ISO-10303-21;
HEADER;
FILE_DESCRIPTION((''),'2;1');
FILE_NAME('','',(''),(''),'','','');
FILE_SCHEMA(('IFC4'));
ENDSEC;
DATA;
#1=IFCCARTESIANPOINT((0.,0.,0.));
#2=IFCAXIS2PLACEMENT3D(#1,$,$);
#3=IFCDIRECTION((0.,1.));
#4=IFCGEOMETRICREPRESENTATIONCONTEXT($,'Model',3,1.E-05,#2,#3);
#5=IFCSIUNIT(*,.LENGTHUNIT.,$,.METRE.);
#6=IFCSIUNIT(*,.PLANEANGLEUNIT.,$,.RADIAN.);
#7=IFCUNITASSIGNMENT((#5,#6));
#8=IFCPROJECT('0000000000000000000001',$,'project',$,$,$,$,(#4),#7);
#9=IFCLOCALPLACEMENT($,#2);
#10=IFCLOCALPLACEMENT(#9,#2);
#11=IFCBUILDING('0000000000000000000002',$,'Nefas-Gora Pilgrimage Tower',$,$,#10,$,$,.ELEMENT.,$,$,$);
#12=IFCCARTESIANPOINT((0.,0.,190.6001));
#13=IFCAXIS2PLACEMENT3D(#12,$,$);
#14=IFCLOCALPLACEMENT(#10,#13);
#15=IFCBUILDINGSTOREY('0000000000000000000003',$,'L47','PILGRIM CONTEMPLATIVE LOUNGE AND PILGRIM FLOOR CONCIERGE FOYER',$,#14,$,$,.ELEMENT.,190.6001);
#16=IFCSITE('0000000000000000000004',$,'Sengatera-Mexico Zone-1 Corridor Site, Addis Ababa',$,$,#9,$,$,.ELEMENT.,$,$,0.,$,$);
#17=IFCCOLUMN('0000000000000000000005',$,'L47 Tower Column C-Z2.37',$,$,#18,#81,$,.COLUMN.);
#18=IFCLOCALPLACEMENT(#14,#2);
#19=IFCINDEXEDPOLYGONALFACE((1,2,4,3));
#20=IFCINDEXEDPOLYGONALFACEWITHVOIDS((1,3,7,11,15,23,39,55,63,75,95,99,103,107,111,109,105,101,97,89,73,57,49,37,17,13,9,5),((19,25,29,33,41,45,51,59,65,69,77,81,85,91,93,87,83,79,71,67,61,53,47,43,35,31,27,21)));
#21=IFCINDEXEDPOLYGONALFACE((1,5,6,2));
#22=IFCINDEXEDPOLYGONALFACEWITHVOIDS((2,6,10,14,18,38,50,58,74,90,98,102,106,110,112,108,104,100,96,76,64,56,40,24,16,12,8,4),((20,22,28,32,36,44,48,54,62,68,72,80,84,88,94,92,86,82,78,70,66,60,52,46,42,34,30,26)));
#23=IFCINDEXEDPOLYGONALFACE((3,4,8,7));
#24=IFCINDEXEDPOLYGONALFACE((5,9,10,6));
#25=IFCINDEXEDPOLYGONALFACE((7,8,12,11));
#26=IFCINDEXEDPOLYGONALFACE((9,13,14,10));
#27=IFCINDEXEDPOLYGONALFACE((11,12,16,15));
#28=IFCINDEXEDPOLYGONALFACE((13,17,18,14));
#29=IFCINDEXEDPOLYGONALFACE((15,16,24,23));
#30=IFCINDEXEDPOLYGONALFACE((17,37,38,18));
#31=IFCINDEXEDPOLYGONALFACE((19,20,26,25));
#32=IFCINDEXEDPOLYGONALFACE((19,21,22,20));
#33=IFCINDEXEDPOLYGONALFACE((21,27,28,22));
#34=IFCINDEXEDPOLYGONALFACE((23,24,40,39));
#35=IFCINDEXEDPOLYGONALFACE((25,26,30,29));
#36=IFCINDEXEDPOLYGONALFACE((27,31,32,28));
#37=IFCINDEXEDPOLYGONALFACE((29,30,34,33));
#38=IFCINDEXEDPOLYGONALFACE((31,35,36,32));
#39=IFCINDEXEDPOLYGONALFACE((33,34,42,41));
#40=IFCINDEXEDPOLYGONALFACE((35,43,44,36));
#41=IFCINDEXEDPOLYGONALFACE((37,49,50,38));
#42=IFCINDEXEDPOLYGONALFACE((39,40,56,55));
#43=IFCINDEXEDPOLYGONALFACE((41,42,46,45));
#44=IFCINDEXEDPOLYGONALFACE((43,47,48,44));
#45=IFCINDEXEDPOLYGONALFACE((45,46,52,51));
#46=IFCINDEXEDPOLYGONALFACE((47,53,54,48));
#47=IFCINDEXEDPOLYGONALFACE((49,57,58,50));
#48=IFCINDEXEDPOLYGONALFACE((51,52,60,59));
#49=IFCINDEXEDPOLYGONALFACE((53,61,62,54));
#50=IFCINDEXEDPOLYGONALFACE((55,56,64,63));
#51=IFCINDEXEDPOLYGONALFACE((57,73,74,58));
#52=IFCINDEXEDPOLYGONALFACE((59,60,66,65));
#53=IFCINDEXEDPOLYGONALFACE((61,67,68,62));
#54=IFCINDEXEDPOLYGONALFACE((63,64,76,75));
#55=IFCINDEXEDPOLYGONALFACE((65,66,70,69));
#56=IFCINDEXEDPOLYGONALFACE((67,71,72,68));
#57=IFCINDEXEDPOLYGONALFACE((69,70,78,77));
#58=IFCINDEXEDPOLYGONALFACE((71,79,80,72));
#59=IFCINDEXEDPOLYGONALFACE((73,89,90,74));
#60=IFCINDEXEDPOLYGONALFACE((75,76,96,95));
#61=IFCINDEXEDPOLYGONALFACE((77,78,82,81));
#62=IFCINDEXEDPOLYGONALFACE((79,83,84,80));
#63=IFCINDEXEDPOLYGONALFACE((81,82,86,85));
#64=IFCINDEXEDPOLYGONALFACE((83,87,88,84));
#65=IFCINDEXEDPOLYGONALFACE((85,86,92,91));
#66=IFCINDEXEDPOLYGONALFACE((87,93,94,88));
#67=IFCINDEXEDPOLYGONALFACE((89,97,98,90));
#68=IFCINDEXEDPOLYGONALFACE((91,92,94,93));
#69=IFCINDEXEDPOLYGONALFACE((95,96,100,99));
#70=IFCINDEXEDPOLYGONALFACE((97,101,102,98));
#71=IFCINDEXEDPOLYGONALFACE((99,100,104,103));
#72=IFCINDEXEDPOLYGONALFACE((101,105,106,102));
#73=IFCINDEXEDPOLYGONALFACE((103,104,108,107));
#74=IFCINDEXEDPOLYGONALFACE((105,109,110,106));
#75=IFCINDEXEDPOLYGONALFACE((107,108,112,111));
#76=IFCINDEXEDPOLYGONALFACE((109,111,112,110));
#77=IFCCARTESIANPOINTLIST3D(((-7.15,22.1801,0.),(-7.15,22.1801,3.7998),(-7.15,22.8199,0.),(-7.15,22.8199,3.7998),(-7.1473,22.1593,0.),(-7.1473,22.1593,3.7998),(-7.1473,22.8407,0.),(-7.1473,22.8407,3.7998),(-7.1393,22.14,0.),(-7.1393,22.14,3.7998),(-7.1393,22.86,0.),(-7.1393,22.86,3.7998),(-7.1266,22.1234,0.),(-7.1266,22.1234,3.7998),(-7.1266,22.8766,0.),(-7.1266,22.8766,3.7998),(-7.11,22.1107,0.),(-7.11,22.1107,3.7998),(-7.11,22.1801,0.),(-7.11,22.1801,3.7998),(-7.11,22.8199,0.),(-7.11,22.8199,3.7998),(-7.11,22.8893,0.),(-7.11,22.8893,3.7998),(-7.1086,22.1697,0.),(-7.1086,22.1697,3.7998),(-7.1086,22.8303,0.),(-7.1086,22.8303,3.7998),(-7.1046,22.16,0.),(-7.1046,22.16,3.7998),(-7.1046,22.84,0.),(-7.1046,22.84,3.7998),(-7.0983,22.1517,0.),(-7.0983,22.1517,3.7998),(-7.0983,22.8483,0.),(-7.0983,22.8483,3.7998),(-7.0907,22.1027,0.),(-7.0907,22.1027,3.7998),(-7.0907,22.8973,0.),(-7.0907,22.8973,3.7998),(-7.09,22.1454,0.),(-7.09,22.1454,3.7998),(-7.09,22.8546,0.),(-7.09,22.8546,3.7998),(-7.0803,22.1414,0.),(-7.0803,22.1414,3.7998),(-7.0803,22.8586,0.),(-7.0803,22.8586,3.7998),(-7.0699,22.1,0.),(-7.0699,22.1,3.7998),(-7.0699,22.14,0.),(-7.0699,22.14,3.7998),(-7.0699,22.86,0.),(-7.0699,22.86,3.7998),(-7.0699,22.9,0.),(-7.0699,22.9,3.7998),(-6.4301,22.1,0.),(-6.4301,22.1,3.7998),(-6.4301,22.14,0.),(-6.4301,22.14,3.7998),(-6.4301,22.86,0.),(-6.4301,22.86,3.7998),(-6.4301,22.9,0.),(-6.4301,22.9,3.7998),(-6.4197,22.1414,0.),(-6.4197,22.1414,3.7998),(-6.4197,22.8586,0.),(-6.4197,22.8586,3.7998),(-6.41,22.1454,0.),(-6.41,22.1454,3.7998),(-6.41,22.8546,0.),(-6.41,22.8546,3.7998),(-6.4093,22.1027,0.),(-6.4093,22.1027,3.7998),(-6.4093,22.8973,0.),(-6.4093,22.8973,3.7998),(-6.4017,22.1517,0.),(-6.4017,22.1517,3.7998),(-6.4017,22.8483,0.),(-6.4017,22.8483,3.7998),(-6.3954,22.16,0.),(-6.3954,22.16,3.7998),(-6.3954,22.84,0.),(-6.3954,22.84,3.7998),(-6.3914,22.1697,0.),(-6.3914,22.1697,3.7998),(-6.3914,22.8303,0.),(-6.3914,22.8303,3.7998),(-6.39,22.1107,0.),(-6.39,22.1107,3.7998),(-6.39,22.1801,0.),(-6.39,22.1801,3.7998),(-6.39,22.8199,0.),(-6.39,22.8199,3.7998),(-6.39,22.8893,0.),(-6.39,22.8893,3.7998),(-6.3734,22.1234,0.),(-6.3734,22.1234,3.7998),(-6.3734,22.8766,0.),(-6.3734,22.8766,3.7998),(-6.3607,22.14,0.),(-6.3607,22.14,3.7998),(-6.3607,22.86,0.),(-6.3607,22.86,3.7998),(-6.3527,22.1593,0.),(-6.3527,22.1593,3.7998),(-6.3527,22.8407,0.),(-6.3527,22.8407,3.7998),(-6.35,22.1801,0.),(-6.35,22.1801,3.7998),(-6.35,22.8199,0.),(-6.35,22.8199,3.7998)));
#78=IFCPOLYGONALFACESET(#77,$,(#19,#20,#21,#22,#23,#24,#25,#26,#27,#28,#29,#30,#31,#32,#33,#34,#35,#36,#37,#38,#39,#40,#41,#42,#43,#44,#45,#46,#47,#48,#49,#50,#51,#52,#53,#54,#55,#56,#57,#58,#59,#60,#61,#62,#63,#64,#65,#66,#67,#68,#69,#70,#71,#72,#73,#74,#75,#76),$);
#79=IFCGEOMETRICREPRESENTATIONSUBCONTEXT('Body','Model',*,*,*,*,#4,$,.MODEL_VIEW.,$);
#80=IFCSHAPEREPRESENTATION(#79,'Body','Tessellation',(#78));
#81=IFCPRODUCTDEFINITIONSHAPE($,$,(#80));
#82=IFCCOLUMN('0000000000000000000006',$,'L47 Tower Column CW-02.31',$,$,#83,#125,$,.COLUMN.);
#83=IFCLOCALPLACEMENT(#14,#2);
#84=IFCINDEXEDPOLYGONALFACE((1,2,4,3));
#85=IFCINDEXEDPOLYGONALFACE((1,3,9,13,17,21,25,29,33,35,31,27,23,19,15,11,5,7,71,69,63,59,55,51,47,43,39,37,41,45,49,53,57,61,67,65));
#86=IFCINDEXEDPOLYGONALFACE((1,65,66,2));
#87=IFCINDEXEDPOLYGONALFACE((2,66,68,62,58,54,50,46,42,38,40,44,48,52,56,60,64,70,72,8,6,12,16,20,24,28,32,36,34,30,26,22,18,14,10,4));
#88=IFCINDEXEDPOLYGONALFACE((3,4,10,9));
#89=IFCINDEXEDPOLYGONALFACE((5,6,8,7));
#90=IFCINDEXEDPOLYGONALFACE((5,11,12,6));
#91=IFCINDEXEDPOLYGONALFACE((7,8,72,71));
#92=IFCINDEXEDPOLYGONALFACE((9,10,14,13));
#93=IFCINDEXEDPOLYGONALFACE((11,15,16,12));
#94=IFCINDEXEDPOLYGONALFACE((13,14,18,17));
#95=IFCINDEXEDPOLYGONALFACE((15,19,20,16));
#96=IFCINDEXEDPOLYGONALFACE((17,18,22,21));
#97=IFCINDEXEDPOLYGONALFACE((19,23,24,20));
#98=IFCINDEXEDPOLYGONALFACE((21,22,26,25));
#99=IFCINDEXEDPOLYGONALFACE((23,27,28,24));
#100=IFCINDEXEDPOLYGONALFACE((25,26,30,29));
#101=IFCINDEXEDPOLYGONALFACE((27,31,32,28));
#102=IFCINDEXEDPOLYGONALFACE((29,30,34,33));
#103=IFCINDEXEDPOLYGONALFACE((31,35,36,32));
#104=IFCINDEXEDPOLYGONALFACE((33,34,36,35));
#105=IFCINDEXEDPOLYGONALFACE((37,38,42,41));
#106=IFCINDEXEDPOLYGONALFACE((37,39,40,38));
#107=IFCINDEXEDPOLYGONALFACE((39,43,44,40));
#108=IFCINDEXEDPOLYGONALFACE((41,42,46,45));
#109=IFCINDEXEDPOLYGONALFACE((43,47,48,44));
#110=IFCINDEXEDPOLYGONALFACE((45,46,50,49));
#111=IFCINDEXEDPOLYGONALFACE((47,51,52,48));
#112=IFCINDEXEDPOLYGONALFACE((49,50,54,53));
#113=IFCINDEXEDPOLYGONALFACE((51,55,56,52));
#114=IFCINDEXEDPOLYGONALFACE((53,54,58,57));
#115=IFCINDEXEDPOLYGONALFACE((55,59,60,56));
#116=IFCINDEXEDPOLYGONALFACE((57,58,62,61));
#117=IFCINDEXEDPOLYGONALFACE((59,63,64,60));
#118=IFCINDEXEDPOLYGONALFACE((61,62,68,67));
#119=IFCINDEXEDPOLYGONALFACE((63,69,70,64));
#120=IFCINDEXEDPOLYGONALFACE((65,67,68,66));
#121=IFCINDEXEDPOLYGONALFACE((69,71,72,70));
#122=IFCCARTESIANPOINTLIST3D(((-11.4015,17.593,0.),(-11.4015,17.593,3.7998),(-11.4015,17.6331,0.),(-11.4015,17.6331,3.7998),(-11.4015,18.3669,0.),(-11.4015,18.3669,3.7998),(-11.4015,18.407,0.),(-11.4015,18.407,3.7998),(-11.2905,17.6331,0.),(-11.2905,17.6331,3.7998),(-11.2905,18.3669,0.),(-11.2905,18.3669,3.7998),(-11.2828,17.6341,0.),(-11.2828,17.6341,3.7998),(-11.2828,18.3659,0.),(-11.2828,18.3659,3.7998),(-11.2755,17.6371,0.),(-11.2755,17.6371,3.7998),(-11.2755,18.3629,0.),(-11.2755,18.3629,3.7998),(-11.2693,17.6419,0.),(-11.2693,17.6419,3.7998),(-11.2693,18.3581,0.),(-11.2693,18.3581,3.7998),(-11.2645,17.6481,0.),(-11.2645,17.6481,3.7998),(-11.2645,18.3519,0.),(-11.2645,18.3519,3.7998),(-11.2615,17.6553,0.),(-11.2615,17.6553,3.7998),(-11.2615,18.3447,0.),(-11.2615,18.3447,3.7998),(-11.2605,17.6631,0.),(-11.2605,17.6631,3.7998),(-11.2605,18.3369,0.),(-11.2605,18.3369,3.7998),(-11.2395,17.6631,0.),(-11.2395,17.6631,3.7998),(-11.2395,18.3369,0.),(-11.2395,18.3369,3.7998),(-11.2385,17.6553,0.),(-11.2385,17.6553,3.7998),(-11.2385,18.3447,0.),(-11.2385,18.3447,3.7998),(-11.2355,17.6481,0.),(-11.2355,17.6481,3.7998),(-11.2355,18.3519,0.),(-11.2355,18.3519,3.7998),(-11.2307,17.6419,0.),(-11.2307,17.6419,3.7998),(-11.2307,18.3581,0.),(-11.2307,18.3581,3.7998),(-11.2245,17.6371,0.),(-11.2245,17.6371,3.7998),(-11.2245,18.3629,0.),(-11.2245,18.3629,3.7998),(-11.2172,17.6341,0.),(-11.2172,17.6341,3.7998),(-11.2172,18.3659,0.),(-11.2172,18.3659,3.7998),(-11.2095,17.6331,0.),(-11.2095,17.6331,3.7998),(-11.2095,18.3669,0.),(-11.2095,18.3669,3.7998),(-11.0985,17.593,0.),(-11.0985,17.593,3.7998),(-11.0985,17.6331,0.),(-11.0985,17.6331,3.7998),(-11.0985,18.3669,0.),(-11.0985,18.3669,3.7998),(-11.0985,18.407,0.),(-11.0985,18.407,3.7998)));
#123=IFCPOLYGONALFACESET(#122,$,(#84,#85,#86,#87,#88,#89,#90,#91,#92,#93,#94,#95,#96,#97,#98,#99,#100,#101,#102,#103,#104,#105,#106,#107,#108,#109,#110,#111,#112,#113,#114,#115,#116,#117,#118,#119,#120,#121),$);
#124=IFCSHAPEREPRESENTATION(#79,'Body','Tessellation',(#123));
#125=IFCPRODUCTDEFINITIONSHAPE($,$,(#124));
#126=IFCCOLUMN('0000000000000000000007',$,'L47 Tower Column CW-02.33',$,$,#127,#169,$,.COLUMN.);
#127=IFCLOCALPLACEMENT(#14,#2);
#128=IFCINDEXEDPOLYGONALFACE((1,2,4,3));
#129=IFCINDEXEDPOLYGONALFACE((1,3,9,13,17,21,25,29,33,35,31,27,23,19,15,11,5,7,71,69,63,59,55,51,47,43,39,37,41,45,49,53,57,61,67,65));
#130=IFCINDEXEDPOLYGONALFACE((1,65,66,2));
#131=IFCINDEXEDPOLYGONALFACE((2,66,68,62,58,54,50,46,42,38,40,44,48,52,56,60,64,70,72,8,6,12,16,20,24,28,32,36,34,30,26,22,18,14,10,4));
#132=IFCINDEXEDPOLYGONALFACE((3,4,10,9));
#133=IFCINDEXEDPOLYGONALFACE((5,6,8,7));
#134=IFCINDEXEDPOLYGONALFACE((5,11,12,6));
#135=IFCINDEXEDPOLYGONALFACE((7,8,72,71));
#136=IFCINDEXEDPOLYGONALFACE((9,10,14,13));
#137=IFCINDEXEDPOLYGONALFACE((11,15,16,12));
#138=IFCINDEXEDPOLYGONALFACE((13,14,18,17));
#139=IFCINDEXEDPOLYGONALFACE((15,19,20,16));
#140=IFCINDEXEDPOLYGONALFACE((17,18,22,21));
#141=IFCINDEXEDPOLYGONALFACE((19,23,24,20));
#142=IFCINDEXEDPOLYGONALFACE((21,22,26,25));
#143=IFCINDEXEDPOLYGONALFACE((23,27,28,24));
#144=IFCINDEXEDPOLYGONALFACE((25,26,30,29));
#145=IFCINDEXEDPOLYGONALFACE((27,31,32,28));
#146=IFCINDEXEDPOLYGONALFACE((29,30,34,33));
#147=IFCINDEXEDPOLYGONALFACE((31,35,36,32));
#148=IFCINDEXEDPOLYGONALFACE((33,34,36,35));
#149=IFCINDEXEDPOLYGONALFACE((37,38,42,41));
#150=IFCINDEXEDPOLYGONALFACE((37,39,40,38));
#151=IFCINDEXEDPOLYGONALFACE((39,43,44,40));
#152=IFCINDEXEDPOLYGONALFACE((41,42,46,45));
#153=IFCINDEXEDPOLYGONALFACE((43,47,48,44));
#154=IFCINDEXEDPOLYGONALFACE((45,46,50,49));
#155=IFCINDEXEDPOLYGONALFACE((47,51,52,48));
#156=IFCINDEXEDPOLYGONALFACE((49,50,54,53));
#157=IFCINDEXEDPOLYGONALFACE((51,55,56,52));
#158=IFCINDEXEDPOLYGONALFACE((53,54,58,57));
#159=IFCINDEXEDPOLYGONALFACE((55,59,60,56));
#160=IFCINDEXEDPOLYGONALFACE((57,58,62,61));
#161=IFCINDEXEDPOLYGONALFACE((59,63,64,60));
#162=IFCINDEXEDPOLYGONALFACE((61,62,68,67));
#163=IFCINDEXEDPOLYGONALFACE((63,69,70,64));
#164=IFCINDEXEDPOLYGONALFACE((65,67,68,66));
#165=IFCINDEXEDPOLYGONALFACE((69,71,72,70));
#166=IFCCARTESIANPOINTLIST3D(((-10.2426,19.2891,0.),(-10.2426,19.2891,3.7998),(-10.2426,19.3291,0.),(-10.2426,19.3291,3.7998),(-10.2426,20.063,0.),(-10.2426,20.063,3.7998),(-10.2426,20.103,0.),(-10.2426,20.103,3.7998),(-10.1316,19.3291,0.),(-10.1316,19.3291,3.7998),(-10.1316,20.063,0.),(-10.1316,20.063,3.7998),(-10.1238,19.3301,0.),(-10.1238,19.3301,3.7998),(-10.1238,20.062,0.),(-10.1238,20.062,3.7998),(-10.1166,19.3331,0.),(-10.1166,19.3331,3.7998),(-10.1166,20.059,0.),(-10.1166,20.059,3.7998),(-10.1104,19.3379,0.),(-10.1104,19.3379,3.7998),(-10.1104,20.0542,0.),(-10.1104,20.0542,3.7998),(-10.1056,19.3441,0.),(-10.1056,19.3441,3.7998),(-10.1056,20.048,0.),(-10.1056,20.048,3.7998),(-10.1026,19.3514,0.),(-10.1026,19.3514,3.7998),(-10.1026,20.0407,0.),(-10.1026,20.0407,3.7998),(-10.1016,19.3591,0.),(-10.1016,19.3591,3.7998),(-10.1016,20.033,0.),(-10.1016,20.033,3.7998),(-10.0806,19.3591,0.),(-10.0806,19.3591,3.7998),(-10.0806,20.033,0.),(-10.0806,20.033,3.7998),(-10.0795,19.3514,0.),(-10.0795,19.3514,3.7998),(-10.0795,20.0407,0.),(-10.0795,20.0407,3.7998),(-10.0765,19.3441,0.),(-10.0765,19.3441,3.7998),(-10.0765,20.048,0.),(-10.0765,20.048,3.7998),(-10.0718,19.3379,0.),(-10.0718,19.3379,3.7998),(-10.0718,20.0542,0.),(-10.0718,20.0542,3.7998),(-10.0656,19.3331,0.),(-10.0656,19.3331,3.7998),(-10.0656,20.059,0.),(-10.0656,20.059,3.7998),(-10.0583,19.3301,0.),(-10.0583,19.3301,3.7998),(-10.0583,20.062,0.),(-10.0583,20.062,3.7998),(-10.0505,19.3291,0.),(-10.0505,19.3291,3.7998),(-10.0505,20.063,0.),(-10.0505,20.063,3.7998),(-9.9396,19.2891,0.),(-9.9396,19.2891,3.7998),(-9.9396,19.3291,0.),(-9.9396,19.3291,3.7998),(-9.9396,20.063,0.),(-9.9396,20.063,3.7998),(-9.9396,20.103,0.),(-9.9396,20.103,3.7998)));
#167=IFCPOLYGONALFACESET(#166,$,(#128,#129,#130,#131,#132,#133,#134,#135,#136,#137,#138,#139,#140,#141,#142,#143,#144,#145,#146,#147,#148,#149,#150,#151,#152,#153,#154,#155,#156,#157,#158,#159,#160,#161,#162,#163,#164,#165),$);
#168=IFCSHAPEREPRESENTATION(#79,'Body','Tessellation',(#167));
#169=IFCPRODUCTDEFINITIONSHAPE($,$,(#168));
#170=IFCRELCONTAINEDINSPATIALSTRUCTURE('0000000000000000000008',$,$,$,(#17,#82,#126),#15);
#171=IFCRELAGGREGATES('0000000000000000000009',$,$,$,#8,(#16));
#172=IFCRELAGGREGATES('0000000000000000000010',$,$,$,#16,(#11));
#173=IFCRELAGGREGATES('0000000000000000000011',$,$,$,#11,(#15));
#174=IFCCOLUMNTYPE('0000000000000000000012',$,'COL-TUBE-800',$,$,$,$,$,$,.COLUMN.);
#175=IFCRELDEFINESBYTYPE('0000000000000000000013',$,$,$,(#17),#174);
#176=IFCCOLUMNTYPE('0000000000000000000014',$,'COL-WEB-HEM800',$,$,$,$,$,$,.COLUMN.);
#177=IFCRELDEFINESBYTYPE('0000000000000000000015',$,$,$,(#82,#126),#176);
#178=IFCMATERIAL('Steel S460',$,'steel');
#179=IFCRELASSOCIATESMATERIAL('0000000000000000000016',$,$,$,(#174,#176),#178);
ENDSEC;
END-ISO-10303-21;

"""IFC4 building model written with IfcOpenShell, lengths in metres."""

from ifc_helpers import new_model, si_unit, direction, frame, origin, origin_2d, place, context, subcontext, project, spatial, hollow_rectangle, i_section, extrude, source, transform, mapped, material, material_profile, profile_set, type_object, element, save


model = new_model("IFC4")

# Units and contexts
model_context = context("Model", 3, precision=1e-05, world=origin(), true_north=direction((0.0, 1.0)))
body_context = subcontext(model_context, "Body", "Model", "MODEL_VIEW")
ifc_project = project(units=[si_unit("LENGTHUNIT", "METRE"), si_unit("PLANEANGLEUNIT", "RADIAN")], contexts=[model_context])

# Site, building, storey
site_placement = place(None, origin())
site = spatial("IfcSite", under=ifc_project, at=site_placement, Name="Sengatera-Mexico Zone-1 Corridor Site, Addis Ababa", CompositionType="ELEMENT", RefElevation=0.0)
building_placement = place(site_placement, origin())
building = spatial("IfcBuilding", under=site, at=building_placement, Name="Nefas-Gora Pilgrimage Tower", CompositionType="ELEMENT")
storey_placement = place(building_placement, frame((0.0, 0.0, 190.6001)))
storey = spatial("IfcBuildingStorey", under=building, at=storey_placement, Name="L47", Description="PILGRIM CONTEMPLATIVE LOUNGE AND PILGRIM FLOOR CONCIERGE FOYER", CompositionType="ELEMENT", Elevation=190.6001)

# Columns
ifc_material_1 = material(Name="Steel S460", Category="steel")
ifc_material_profile_1 = material_profile(ifc_material_1, hollow_rectangle(XDim=0.8, YDim=0.8, WallThickness=0.04, InnerFilletRadius=0.04, OuterFilletRadius=0.0801, at=origin_2d()), Name="BOX 800x800x40")
ifc_profile_set_1 = profile_set([ifc_material_profile_1], Name="Steel S460")
column_type_1 = type_object("IfcColumnType", Name="COL-TUBE-800", PredefinedType="COLUMN", material=ifc_profile_set_1)
shared_shape_1 = source(origin(), body_context, "Body", "SweptSolid", [
    extrude(hollow_rectangle(XDim=0.8, YDim=0.8, WallThickness=0.04, InnerFilletRadius=0.04, OuterFilletRadius=0.0801, at=origin_2d()), origin(), (0.0, 0.0, 1.0), 3.7998),
])
column_placement = place(storey_placement, frame((-6.75, 22.5, 0.0), z_axis=(0.0, 0.0, 1.0), x_axis=(1.0, 0.0, 0.0)))
element("IfcColumn", 1, at=column_placement, inside=storey, type_object=column_type_1, Name="L47 Tower Column C-Z2.37", PredefinedType="COLUMN", context=body_context, shape_type="MappedRepresentation", body=[
    mapped(shared_shape_1, transform((0.0, 0.0, 0.0), x_axis=(1.0, 0.0, 0.0), y_axis=(0.0, 1.0, 0.0), z_axis=(0.0, 0.0, 1.0), scale=1.0)),
])
ifc_material_profile_2 = material_profile(ifc_material_1, i_section(OverallWidth=0.303, OverallDepth=0.814, WebThickness=0.021, FlangeThickness=0.04, FilletRadius=0.03, at=origin_2d()), Name="HEM 800")
ifc_profile_set_2 = profile_set([ifc_material_profile_2], Name="Steel S460")
column_type_2 = type_object("IfcColumnType", Name="COL-WEB-HEM800", PredefinedType="COLUMN", material=ifc_profile_set_2)
shared_shape_2 = source(origin(), body_context, "Body", "SweptSolid", [
    extrude(i_section(OverallWidth=0.303, OverallDepth=0.814, WebThickness=0.021, FlangeThickness=0.04, FilletRadius=0.03, at=origin_2d()), origin(), (0.0, 0.0, 1.0), 3.7998),
])
for number, where, z_axis, x_axis, name in (
    (2, (-11.25, 18.0, 0.0), (0.0, 0.0, 1.0), (1.0, 0.0, 0.0), "L47 Tower Column CW-02.31"),
    (3, (-10.0911, 19.696, 0.0), (0.0, 0.0, 1.0), (1.0, 0.0, 0.0), "L47 Tower Column CW-02.33"),
):
    element("IfcColumn", number, at=place(storey_placement, frame(where, z_axis=z_axis, x_axis=x_axis)), inside=storey, type_object=column_type_2, Name=name, PredefinedType="COLUMN", context=body_context, shape_type="MappedRepresentation", body=[
        mapped(shared_shape_2, transform((0.0, 0.0, 0.0), x_axis=(1.0, 0.0, 0.0), y_axis=(0.0, 1.0, 0.0), z_axis=(0.0, 0.0, 1.0), scale=1.0)),
    ])

save(model, "model.ifc")
